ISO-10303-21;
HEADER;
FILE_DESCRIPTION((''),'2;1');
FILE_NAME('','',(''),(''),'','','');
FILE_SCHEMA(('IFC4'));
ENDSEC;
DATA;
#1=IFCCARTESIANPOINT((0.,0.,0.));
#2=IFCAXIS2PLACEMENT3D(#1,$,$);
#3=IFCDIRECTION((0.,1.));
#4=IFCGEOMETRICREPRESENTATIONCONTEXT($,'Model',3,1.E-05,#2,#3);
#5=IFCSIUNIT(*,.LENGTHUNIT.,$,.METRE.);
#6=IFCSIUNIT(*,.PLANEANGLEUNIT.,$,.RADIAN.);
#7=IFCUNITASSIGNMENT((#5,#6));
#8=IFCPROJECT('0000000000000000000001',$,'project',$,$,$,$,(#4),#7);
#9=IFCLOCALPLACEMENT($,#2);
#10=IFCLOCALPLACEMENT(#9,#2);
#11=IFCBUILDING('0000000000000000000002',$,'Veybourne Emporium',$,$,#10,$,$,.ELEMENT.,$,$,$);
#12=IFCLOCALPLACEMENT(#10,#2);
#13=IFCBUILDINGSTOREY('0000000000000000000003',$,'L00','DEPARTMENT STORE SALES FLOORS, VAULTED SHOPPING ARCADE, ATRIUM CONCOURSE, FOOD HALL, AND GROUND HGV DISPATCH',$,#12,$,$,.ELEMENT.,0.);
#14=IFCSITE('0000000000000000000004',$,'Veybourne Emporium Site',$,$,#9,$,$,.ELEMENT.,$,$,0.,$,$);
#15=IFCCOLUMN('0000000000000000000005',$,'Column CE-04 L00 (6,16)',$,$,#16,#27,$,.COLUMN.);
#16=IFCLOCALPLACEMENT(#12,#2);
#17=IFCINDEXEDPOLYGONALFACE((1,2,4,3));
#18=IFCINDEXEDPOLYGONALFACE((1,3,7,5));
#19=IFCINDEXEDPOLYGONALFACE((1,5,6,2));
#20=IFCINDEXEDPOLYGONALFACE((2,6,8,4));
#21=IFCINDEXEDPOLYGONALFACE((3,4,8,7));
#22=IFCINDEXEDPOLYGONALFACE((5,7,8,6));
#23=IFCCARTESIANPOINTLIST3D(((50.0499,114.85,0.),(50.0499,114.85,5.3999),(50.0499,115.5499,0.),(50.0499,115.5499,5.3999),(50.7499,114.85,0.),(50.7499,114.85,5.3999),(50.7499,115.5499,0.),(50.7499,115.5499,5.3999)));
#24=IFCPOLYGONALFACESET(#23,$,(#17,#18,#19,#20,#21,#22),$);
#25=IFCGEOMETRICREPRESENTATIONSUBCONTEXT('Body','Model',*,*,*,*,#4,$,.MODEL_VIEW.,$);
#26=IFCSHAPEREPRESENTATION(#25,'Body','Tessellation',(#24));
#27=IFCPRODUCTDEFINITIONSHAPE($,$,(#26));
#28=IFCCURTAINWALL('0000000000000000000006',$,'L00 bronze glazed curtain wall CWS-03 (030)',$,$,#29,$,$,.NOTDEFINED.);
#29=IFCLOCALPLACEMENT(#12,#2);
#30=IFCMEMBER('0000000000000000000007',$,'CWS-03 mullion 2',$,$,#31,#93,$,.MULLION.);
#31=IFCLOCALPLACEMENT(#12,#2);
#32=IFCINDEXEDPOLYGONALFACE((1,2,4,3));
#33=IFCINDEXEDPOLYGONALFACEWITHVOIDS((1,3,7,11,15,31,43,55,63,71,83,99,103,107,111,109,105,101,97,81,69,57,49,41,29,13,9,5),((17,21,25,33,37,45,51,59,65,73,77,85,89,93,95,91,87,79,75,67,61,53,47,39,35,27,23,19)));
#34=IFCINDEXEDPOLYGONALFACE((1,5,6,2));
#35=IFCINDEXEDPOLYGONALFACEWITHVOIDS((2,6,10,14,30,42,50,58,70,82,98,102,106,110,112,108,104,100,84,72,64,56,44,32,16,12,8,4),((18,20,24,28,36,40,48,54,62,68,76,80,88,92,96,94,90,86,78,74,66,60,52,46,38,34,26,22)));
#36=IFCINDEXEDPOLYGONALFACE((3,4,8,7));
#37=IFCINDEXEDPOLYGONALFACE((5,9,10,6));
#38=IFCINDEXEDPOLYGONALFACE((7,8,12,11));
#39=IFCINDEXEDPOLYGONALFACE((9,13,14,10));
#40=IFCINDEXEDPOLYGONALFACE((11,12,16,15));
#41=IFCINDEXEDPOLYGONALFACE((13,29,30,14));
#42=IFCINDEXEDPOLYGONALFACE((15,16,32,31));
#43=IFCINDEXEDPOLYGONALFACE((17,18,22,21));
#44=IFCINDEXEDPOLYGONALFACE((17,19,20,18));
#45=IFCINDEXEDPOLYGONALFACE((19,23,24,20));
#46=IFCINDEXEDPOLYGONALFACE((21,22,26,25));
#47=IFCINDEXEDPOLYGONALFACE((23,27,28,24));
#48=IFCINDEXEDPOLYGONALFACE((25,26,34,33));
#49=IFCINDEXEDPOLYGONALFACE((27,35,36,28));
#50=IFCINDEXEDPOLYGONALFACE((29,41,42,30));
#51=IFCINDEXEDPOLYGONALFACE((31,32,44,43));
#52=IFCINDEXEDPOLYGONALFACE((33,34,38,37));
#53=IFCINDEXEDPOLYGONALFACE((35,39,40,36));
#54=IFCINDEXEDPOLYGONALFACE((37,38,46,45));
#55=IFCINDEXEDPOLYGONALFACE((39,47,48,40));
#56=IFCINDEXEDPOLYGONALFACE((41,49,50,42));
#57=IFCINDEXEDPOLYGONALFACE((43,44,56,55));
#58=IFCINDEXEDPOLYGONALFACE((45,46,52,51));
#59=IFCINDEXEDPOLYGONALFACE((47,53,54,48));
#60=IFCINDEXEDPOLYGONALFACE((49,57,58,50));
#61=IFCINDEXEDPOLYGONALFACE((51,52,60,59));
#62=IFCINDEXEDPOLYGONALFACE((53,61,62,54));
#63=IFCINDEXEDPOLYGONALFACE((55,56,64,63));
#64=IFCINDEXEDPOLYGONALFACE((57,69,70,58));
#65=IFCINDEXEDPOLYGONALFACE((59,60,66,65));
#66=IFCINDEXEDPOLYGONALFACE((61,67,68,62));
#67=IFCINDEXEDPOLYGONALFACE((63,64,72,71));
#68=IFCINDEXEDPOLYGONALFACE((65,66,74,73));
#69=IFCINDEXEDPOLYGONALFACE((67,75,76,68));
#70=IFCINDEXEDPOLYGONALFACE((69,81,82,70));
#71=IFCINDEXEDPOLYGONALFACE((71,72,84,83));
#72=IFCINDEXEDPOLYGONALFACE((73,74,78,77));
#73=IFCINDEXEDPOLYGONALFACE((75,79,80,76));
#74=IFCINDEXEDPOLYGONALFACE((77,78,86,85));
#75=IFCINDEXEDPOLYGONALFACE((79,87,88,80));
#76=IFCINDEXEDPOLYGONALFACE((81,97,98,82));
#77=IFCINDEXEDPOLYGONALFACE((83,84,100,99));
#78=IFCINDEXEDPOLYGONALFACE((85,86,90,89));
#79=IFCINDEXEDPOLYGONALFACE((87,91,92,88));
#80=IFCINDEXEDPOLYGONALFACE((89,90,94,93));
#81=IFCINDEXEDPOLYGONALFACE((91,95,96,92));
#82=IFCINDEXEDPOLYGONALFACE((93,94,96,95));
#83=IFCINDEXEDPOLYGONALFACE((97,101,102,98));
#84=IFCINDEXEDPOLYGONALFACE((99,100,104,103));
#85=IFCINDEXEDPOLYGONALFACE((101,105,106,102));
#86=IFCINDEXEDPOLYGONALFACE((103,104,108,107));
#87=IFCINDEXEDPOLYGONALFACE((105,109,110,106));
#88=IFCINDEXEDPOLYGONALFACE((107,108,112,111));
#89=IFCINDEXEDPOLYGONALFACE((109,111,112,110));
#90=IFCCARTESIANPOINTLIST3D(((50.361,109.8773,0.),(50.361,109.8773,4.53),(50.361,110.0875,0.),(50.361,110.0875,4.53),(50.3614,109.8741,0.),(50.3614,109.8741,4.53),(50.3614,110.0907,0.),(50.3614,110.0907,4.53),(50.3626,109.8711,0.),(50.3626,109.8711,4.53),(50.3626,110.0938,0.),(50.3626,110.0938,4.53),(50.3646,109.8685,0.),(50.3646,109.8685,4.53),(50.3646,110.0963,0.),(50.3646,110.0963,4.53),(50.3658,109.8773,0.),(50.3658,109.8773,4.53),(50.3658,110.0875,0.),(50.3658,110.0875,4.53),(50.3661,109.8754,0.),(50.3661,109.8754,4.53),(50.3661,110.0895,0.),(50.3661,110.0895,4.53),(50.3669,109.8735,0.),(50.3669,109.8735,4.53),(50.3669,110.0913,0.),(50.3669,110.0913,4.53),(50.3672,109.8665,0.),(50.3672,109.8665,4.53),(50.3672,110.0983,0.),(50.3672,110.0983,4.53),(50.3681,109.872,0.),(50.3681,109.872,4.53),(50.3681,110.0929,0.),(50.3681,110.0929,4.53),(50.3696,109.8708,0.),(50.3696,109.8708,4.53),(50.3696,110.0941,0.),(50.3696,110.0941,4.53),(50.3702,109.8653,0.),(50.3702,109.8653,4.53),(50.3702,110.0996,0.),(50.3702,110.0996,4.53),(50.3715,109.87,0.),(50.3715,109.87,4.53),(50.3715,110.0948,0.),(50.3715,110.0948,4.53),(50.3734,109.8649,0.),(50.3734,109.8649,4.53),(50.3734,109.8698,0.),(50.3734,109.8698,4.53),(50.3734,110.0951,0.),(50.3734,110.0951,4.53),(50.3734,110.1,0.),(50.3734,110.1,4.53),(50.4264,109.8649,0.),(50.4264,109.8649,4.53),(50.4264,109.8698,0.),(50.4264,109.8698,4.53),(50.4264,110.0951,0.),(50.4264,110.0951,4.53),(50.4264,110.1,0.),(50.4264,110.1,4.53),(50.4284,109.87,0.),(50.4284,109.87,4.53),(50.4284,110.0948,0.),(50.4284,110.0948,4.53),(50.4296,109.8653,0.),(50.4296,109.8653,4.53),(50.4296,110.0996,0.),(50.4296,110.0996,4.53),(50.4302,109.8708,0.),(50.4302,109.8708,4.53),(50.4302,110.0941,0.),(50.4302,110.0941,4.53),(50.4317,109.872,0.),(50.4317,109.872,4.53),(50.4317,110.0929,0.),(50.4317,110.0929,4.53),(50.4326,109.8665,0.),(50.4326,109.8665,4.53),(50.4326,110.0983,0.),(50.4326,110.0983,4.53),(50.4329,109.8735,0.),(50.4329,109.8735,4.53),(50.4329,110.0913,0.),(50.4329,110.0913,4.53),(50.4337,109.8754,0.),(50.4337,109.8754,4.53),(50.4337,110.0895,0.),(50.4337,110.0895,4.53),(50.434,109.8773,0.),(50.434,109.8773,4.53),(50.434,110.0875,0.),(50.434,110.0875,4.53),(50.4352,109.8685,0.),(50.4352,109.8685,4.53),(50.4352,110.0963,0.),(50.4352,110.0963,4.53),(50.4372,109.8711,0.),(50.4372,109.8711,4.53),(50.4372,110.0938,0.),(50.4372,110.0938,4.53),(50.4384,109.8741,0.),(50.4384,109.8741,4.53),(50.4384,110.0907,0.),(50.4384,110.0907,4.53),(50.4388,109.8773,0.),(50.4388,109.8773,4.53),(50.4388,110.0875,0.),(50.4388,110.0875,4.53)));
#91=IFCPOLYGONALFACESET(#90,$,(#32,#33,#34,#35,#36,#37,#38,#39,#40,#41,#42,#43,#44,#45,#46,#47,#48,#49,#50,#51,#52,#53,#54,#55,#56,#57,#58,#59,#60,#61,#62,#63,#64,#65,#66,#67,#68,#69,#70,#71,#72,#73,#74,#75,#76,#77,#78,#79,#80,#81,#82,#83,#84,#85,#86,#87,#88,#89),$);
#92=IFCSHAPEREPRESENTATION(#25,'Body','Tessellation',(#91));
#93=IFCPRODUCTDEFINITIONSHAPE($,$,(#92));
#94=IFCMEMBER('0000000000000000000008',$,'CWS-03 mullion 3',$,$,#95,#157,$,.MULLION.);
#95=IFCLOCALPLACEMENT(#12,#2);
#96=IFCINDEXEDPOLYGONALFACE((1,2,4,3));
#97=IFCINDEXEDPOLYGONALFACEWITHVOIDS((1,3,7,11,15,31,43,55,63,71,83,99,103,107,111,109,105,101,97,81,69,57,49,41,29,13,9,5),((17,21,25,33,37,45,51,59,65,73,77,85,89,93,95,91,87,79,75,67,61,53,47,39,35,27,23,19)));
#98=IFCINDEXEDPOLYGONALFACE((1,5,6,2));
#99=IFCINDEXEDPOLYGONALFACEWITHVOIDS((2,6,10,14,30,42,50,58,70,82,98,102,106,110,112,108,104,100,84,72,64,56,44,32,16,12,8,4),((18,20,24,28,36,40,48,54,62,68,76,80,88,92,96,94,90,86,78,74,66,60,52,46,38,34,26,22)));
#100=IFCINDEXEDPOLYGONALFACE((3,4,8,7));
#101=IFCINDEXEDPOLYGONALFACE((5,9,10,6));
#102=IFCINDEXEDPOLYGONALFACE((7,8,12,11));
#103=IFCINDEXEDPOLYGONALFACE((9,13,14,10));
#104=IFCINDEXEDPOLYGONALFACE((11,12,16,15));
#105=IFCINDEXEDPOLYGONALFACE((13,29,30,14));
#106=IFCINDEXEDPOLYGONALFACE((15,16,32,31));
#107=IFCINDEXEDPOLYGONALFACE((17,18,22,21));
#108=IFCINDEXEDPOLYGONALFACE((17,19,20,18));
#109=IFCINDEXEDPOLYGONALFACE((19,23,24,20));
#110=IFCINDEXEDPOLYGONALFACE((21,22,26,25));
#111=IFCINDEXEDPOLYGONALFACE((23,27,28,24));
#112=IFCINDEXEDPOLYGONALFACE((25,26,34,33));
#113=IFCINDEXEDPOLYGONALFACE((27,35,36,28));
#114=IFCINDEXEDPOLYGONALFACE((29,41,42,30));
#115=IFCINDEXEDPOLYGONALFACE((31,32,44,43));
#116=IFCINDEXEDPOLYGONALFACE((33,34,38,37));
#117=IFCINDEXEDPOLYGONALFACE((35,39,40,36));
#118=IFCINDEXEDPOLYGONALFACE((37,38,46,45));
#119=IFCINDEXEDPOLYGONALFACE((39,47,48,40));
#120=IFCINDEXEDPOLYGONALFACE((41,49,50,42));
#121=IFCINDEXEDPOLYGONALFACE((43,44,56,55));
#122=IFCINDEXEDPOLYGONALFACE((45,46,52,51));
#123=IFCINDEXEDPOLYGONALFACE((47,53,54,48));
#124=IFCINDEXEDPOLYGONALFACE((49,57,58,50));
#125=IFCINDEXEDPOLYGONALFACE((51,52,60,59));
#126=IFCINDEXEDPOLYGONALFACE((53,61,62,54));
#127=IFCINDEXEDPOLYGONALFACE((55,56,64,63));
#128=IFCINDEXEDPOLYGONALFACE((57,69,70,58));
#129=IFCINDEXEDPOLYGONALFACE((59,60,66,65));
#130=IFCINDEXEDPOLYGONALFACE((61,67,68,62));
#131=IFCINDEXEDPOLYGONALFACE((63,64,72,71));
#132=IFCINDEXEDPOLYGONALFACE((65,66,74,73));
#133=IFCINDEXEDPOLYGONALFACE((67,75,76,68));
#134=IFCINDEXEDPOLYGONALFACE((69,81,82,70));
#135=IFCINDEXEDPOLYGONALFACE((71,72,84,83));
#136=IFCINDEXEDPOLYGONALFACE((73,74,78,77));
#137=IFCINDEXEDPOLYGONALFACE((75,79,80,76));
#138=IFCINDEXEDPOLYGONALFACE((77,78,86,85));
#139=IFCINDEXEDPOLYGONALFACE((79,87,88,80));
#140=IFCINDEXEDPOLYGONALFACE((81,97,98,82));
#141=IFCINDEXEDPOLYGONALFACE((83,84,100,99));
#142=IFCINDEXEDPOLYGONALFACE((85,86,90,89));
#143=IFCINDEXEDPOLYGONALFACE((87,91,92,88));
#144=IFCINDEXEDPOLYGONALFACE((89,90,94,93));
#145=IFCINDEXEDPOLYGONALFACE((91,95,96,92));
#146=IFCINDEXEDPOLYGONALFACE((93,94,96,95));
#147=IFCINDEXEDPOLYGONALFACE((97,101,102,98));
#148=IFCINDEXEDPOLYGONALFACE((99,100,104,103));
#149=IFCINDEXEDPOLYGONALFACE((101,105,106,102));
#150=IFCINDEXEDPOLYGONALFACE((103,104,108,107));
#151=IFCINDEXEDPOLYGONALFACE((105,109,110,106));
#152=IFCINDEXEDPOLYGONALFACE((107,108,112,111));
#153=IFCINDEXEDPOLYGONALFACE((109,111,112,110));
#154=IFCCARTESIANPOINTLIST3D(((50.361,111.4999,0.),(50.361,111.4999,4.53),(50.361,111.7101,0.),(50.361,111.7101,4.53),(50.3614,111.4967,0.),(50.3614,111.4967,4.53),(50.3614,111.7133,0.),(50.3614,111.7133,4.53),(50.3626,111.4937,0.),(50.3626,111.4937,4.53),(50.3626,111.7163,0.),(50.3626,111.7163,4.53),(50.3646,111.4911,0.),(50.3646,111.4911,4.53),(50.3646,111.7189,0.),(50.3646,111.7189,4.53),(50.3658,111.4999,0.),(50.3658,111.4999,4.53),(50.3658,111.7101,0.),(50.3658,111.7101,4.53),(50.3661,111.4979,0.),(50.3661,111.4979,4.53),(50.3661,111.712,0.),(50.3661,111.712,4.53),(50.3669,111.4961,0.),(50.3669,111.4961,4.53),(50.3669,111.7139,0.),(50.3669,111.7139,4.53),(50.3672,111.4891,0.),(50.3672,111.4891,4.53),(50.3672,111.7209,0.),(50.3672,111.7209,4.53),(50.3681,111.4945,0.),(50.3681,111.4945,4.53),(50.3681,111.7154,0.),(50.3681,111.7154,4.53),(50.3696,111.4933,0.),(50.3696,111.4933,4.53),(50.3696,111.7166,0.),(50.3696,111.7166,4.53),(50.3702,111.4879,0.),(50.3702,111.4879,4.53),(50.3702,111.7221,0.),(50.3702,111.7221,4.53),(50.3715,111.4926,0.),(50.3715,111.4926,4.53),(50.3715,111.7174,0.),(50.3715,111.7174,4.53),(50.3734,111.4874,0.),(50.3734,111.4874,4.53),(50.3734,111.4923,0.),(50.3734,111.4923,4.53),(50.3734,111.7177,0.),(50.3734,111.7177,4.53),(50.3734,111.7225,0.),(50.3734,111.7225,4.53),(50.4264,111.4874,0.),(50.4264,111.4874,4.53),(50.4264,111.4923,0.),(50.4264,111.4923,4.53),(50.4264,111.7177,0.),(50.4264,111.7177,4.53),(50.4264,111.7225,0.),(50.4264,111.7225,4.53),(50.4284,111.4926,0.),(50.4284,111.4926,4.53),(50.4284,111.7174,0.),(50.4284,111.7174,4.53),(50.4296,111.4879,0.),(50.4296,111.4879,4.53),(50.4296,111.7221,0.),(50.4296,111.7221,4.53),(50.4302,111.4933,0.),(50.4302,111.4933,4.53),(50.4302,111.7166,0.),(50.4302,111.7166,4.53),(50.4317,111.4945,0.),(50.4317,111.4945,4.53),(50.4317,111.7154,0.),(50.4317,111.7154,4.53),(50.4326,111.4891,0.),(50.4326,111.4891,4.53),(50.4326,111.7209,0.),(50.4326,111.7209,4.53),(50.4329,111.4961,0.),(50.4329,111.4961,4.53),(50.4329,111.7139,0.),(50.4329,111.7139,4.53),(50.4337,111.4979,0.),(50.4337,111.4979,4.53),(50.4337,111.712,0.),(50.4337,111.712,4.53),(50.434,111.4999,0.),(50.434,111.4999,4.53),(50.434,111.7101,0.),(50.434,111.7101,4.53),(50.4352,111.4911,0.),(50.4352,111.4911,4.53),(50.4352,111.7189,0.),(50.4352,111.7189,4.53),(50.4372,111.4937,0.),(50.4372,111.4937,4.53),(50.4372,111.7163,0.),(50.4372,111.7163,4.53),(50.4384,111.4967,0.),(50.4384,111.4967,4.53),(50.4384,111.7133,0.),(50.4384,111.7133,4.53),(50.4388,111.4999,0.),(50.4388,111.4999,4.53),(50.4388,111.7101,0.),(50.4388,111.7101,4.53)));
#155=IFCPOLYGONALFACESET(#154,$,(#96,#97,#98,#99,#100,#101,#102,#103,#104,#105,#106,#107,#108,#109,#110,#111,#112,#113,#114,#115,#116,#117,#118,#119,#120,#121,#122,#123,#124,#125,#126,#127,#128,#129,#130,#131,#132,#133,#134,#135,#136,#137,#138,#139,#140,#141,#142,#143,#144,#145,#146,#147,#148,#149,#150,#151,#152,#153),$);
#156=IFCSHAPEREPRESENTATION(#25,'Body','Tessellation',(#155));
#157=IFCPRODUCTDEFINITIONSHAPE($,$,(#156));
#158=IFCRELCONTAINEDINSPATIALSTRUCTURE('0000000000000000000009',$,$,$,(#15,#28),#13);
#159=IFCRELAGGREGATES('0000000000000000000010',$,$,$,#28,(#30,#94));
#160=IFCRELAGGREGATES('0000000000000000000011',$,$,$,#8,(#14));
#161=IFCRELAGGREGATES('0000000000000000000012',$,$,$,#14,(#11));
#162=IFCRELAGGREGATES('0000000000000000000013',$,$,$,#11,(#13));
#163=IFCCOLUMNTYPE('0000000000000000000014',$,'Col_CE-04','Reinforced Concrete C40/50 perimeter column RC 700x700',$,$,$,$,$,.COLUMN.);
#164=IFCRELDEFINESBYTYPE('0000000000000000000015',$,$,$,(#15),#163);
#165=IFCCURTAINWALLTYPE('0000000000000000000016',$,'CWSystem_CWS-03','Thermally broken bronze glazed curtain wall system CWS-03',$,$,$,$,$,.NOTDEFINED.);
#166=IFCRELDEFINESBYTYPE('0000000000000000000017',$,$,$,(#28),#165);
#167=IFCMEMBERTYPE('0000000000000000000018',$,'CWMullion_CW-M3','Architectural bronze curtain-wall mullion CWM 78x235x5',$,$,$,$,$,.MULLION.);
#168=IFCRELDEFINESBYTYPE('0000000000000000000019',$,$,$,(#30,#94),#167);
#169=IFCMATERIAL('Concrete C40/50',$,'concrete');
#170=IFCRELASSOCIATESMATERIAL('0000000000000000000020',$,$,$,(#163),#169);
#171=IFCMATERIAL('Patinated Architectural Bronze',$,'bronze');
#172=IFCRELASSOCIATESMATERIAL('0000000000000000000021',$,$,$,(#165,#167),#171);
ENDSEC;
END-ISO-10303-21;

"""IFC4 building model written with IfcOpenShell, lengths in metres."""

from ifc_helpers import new_model, si_unit, direction, frame, origin, origin_2d, place, context, subcontext, project, spatial, rectangle, hollow_rectangle, extrude, material, material_profile, profile_set, type_object, element, aggregate, save


model = new_model("IFC4")

# Units and contexts
model_context = context("Model", 3, precision=1e-05, world=origin(), true_north=direction((0.0, 1.0)))
body_context = subcontext(model_context, "Body", "Model", "MODEL_VIEW")
ifc_project = project(units=[si_unit("LENGTHUNIT", "METRE"), si_unit("PLANEANGLEUNIT", "RADIAN")], contexts=[model_context])

# Site, building, storey
site_placement = place(None, origin())
site = spatial("IfcSite", under=ifc_project, at=site_placement, Name="Veybourne Emporium Site", CompositionType="ELEMENT", RefElevation=0.0)
building_placement = place(site_placement, origin())
building = spatial("IfcBuilding", under=site, at=building_placement, Name="Veybourne Emporium", CompositionType="ELEMENT")
storey_placement = place(building_placement, origin())
storey = spatial("IfcBuildingStorey", under=building, at=storey_placement, Name="L00", Description="DEPARTMENT STORE SALES FLOORS, VAULTED SHOPPING ARCADE, ATRIUM CONCOURSE, FOOD HALL, AND GROUND HGV DISPATCH", CompositionType="ELEMENT", Elevation=0.0)

# Column
ifc_material_1 = material(Name="Concrete C40/50", Category="concrete")
ifc_material_profile_1 = material_profile(ifc_material_1, rectangle(XDim=0.7, YDim=0.7, at=origin_2d()), Name="RC 700x700")
ifc_profile_set_1 = profile_set([ifc_material_profile_1], Name="Concrete C40/50")
column_type = type_object("IfcColumnType", Name="Col_CE-04", Description="Reinforced Concrete C40/50 perimeter column RC 700x700", PredefinedType="COLUMN", material=ifc_profile_set_1)
column_placement = place(storey_placement, frame((50.3999, 115.2, 0.0), z_axis=(0.0, 0.0, 1.0), x_axis=(1.0, 0.0, 0.0)))
element("IfcColumn", 1, at=column_placement, inside=storey, type_object=column_type, Name="Column CE-04 L00 (6,16)", PredefinedType="COLUMN", context=body_context, shape_type="SweptSolid", body=[
    extrude(rectangle(XDim=0.7, YDim=0.7, at=origin_2d()), origin(), (0.0, 0.0, 1.0), 5.3999),
])

# Curtain wall, members
ifc_material_2 = material(Name="Patinated Architectural Bronze", Category="bronze")
curtain_wall_type = type_object("IfcCurtainWallType", Name="CWSystem_CWS-03", Description="Thermally broken bronze glazed curtain wall system CWS-03", PredefinedType="NOTDEFINED", material=ifc_material_2)
curtain_wall_placement = place(storey_placement, origin())
curtain_wall = element("IfcCurtainWall", 2, at=curtain_wall_placement, inside=storey, type_object=curtain_wall_type, Name="L00 bronze glazed curtain wall CWS-03 (030)", PredefinedType="NOTDEFINED")
ifc_material_profile_2 = material_profile(ifc_material_2, hollow_rectangle(XDim=0.0779, YDim=0.2351, WallThickness=0.0049, InnerFilletRadius=0.0076, OuterFilletRadius=0.0125, at=origin_2d()), Name="CWM 78x235x5")
ifc_profile_set_2 = profile_set([ifc_material_profile_2], Name="Patinated Architectural Bronze")
member_type_1 = type_object("IfcMemberType", Name="CWMullion_CW-M3", Description="Architectural bronze curtain-wall mullion CWM 78x235x5", PredefinedType="MULLION", material=ifc_profile_set_2)
member_1_placement = place(storey_placement, frame((50.3999, 109.9824, 0.0), z_axis=(0.0, 0.0, 1.0), x_axis=(-1.0, 0.0, 0.0)))
member_1 = element("IfcMember", 3, at=member_1_placement, type_object=member_type_1, Name="CWS-03 mullion 2", PredefinedType="MULLION", context=body_context, shape_type="SweptSolid", body=[
    extrude(hollow_rectangle(XDim=0.0779, YDim=0.2351, WallThickness=0.0049, InnerFilletRadius=0.0076, OuterFilletRadius=0.0125, at=origin_2d()), origin(), (0.0, 0.0, 1.0), 4.53),
])
member_2_placement = place(storey_placement, frame((50.3999, 111.605, 0.0), z_axis=(0.0, 0.0, 1.0), x_axis=(-1.0, 0.0, 0.0)))
member_2 = element("IfcMember", 4, at=member_2_placement, type_object=member_type_1, Name="CWS-03 mullion 3", PredefinedType="MULLION", context=body_context, shape_type="SweptSolid", body=[
    extrude(hollow_rectangle(XDim=0.0779, YDim=0.2351, WallThickness=0.0049, InnerFilletRadius=0.0076, OuterFilletRadius=0.0125, at=origin_2d()), origin(), (0.0, 0.0, 1.0), 4.53),
])

aggregate(curtain_wall, [member_1, member_2])

save(model, "model.ifc")
